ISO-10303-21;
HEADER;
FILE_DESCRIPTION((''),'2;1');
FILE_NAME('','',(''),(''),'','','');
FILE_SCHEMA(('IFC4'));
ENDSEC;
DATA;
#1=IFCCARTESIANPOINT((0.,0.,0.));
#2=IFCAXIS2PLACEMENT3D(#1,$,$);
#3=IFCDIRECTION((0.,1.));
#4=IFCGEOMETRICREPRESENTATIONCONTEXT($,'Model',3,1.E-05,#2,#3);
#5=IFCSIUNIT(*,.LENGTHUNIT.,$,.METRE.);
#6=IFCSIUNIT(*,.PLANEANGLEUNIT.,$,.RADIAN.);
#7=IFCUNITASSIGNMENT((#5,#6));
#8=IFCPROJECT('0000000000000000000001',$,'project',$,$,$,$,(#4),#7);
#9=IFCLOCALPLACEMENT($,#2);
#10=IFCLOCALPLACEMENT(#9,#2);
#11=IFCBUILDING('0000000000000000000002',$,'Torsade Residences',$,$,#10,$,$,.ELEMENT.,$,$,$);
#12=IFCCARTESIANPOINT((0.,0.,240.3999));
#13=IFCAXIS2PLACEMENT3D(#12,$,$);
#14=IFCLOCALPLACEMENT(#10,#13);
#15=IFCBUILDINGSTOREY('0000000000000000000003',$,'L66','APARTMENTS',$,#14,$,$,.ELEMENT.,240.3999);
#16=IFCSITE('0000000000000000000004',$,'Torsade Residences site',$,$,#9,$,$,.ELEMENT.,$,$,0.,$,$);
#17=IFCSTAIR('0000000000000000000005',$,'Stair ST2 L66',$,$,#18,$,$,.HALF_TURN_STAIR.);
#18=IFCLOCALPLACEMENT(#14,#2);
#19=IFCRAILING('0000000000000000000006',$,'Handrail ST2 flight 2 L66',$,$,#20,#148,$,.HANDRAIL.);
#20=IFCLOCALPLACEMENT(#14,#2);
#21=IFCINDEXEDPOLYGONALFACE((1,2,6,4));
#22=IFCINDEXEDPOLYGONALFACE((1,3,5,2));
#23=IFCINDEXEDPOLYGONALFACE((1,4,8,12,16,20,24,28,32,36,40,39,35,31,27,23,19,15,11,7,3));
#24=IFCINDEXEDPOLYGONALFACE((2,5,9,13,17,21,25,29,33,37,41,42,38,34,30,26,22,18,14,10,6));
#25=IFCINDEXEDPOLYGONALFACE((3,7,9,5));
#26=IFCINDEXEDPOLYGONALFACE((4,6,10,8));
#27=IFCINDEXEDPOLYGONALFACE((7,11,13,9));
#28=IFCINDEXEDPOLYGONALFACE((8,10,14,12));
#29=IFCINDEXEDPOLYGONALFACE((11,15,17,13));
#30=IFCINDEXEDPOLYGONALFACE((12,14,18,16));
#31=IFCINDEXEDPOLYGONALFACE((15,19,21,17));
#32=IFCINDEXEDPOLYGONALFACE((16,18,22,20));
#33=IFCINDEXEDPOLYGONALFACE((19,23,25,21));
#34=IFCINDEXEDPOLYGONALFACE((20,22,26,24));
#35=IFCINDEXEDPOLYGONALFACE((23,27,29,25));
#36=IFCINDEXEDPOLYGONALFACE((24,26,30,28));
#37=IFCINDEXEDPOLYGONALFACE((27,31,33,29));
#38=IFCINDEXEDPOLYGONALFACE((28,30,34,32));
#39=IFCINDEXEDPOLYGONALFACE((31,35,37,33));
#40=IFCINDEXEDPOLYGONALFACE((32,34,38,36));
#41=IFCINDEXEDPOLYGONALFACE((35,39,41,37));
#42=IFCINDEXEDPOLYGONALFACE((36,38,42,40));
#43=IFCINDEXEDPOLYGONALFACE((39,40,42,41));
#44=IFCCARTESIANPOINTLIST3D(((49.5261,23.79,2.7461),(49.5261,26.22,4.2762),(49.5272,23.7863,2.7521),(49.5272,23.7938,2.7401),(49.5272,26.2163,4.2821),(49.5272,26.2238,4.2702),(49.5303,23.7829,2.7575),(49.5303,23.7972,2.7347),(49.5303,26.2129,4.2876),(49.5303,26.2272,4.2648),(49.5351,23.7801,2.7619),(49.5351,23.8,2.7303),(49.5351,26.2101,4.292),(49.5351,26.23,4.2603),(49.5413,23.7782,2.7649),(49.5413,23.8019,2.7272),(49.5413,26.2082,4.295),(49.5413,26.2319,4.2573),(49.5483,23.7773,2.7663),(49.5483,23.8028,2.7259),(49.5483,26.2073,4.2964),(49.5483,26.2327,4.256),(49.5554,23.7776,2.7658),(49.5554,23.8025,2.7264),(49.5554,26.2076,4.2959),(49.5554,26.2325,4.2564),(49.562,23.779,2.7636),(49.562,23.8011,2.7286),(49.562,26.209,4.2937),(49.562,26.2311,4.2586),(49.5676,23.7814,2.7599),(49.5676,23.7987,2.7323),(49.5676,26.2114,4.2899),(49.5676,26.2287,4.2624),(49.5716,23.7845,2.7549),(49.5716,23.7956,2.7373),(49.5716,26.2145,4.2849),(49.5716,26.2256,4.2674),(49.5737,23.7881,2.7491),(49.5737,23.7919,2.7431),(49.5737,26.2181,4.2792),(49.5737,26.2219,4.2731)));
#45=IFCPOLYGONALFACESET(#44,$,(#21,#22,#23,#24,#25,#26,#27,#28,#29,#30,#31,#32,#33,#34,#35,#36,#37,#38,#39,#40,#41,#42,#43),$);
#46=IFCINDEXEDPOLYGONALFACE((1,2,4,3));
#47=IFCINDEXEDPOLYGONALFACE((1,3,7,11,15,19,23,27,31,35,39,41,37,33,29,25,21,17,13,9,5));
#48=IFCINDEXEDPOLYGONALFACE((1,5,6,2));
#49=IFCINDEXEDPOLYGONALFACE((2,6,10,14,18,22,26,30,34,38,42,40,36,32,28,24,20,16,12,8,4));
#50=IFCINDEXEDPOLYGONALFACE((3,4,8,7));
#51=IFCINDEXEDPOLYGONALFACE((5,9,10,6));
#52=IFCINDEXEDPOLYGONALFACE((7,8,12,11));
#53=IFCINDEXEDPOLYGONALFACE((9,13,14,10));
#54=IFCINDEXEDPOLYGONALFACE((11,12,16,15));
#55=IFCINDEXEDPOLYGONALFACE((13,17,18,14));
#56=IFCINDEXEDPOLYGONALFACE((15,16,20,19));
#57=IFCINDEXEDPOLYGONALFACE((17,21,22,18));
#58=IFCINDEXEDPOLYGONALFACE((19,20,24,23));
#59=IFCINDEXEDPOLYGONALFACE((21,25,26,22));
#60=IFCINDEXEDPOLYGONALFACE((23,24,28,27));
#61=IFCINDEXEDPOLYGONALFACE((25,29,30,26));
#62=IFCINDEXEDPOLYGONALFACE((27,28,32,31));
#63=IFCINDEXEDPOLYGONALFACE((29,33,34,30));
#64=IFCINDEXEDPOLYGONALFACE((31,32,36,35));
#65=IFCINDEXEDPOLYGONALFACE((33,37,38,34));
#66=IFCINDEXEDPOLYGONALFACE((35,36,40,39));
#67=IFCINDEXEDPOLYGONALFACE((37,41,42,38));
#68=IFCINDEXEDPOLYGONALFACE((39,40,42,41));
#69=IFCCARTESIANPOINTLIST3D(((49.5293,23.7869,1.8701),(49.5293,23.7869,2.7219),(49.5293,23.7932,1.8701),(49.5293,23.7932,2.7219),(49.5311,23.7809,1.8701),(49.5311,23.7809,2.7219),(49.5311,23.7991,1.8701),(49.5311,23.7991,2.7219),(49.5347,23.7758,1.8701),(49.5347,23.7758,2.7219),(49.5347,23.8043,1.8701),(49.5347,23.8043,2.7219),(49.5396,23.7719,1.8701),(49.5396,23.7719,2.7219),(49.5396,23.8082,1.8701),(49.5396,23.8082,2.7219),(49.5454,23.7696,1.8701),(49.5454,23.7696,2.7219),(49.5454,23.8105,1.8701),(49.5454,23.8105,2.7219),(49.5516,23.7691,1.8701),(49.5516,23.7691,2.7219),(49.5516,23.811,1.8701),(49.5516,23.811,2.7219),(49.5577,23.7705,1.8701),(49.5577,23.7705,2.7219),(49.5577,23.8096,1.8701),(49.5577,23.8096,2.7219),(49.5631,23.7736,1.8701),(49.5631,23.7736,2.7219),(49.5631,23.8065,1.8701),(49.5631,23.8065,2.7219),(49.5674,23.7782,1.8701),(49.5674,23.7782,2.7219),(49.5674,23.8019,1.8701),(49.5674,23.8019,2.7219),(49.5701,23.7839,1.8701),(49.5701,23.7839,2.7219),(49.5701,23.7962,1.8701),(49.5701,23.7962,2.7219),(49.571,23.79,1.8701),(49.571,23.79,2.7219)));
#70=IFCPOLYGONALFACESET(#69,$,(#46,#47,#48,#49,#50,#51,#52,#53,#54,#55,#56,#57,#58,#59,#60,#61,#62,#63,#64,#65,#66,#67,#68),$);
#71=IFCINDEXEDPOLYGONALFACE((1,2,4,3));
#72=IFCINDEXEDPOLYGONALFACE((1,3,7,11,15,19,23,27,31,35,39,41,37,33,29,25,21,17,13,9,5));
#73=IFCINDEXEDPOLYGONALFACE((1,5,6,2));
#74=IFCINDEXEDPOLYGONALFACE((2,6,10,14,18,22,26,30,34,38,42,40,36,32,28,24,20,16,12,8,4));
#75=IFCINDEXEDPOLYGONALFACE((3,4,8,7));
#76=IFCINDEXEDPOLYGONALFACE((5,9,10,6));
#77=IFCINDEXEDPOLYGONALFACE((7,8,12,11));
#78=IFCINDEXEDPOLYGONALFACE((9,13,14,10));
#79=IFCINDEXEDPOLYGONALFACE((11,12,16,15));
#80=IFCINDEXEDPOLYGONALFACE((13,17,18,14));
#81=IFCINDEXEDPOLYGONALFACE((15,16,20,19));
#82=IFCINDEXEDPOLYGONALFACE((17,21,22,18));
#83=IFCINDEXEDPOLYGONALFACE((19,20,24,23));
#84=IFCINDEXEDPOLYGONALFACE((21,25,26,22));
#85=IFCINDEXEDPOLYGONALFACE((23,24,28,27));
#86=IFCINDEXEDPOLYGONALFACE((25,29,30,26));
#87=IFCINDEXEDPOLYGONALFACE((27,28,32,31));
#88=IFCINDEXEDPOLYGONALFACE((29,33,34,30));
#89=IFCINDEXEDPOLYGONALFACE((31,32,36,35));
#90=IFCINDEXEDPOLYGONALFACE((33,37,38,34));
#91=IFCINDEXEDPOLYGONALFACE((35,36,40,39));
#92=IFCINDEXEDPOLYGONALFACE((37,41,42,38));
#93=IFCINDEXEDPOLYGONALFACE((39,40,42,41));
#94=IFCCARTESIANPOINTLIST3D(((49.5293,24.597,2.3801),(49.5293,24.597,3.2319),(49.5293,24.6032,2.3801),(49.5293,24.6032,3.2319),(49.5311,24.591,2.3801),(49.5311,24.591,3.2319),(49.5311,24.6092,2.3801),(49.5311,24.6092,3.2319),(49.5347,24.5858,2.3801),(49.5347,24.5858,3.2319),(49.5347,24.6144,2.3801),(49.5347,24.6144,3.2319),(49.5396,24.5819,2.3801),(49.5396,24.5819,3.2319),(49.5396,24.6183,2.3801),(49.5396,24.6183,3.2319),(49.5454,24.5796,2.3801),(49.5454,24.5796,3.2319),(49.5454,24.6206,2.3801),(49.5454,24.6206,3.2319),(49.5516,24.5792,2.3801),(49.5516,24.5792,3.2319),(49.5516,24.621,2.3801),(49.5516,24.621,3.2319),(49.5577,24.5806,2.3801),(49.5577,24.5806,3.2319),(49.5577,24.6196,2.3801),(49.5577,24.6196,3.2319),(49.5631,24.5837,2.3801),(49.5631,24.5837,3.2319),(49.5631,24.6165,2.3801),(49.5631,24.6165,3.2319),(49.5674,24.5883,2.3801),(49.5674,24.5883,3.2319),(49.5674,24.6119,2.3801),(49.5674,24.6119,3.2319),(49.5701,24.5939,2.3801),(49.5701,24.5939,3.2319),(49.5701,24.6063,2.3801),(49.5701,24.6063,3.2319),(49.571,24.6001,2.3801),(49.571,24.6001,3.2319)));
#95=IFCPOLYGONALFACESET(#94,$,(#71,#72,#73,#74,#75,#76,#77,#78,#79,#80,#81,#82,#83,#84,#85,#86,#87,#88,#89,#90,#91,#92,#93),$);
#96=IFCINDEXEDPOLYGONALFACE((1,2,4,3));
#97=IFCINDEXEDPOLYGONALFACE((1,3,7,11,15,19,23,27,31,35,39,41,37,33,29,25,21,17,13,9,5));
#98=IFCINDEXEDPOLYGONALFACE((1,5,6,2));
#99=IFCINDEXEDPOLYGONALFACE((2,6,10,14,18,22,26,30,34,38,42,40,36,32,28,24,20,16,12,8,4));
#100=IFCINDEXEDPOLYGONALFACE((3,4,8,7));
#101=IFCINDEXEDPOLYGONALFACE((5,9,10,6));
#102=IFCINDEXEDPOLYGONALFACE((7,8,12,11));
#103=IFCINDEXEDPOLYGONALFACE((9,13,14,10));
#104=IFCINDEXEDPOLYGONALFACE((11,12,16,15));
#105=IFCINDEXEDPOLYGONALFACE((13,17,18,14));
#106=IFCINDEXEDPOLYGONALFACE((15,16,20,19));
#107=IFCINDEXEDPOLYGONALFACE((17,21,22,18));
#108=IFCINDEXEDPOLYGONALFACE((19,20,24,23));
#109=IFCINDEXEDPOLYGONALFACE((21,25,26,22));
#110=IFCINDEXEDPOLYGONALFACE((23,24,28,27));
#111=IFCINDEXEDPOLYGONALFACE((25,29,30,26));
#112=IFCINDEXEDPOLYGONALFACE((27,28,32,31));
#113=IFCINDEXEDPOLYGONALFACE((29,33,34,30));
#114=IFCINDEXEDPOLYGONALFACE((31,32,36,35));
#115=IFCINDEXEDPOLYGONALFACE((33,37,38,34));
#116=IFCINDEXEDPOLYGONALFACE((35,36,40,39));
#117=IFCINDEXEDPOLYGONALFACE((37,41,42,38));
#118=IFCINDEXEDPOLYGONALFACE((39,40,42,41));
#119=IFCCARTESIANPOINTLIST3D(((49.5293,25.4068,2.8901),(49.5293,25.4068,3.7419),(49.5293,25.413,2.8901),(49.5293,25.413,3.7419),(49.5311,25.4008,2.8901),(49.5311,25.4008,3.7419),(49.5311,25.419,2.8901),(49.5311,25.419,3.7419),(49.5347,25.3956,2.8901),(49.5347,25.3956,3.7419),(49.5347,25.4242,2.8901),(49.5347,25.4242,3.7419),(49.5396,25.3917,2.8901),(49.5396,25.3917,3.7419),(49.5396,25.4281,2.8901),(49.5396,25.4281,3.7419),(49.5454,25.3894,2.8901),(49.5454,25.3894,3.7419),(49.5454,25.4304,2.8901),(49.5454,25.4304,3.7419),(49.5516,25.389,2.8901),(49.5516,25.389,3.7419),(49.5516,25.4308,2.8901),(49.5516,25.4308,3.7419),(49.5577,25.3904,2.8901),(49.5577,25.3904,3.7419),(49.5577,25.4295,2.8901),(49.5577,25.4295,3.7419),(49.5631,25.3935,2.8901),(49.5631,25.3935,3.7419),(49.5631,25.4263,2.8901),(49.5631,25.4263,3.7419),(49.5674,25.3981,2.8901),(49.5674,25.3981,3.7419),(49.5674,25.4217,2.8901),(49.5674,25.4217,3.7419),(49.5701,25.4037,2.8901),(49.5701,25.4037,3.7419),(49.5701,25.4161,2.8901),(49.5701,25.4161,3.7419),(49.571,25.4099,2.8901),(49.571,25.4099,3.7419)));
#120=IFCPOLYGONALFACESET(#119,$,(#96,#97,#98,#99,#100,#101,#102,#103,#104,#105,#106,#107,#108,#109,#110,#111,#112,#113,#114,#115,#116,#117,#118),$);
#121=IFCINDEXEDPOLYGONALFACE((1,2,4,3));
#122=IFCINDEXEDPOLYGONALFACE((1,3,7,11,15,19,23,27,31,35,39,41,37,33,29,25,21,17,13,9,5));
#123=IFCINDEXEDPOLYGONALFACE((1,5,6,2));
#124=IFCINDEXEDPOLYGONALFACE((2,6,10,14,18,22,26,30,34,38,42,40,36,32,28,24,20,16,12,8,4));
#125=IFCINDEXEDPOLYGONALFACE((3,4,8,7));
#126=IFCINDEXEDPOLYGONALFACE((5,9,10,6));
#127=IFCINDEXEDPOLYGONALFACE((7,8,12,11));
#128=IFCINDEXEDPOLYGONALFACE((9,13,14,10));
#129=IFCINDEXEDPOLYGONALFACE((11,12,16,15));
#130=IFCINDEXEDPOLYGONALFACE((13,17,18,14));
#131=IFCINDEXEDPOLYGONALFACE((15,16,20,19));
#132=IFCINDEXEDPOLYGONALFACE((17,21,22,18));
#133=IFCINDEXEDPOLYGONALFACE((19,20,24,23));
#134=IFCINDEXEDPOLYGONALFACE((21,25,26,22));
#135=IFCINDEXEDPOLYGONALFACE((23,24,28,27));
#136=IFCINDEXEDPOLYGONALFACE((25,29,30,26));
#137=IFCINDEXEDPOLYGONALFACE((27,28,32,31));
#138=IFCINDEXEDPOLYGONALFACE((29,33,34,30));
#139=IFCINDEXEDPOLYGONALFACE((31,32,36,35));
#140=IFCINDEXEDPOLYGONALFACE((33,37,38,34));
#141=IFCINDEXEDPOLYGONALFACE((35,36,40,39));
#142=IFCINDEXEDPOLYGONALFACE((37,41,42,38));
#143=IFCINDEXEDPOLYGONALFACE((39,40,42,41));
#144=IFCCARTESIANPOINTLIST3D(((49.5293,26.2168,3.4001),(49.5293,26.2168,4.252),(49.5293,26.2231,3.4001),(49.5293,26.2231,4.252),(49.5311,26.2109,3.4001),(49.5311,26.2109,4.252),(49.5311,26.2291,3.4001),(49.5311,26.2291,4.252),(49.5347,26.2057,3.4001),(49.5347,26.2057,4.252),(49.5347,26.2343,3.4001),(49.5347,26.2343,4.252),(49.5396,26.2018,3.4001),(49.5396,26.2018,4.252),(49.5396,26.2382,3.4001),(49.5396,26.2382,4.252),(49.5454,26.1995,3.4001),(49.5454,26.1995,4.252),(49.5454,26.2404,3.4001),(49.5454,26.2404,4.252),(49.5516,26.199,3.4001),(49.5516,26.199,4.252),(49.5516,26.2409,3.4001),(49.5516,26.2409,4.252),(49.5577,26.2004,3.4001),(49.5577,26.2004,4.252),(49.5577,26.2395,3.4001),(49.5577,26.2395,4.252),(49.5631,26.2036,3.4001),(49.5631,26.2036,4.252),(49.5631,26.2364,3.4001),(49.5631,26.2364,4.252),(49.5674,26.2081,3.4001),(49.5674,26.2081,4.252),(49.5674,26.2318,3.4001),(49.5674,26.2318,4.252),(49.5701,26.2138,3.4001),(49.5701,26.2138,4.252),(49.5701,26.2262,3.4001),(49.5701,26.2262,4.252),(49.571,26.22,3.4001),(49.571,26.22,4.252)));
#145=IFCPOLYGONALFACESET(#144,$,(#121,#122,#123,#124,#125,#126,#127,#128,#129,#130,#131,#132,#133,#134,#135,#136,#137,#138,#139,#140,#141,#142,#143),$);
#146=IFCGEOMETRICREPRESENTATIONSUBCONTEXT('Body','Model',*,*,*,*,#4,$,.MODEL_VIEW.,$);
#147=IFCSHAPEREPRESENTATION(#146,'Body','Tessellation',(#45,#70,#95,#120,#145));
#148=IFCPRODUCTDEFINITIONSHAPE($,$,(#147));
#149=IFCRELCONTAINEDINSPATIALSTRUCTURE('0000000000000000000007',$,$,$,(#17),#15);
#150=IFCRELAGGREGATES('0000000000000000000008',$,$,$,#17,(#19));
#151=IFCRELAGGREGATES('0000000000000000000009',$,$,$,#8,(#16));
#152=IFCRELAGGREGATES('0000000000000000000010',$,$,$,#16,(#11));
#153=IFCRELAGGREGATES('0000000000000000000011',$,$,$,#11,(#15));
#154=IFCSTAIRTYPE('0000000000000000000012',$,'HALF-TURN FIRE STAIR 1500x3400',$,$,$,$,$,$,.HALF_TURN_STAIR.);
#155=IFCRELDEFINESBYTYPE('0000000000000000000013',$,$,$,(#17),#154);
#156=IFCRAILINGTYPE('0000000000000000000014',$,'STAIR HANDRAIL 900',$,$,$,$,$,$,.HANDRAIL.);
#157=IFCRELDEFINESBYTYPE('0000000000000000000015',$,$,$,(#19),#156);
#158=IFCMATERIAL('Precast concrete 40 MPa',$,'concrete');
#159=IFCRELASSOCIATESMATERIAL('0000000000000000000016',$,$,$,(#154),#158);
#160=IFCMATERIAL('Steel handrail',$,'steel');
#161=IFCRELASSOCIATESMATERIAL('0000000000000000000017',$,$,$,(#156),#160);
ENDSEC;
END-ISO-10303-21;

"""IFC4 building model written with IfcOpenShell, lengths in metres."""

from ifc_helpers import new_model, si_unit, direction, frame, origin, origin_2d, place, context, subcontext, project, spatial, circle, extrude, material, type_object, element, aggregate, save


model = new_model("IFC4")

# Units and contexts
model_context = context("Model", 3, precision=1e-05, world=origin(), true_north=direction((0.0, 1.0)))
body_context = subcontext(model_context, "Body", "Model", "MODEL_VIEW")
ifc_project = project(units=[si_unit("LENGTHUNIT", "METRE"), si_unit("PLANEANGLEUNIT", "RADIAN")], contexts=[model_context])

# Site, building, storey
site_placement = place(None, origin())
site = spatial("IfcSite", under=ifc_project, at=site_placement, Name="Torsade Residences site", CompositionType="ELEMENT", RefElevation=0.0)
building_placement = place(site_placement, origin())
building = spatial("IfcBuilding", under=site, at=building_placement, Name="Torsade Residences", CompositionType="ELEMENT")
storey_placement = place(building_placement, frame((0.0, 0.0, 240.3999)))
storey = spatial("IfcBuildingStorey", under=building, at=storey_placement, Name="L66", Description="APARTMENTS", CompositionType="ELEMENT", Elevation=240.3999)

# Stair, railing
ifc_material_1 = material(Name="Precast concrete 40 MPa", Category="concrete")
stair_type = type_object("IfcStairType", Name="HALF-TURN FIRE STAIR 1500x3400", PredefinedType="HALF_TURN_STAIR", material=ifc_material_1)
stair_placement = place(storey_placement, origin())
stair = element("IfcStair", 1, at=stair_placement, inside=storey, type_object=stair_type, Name="Stair ST2 L66", PredefinedType="HALF_TURN_STAIR")
ifc_material_2 = material(Name="Steel handrail", Category="steel")
railing_type = type_object("IfcRailingType", Name="STAIR HANDRAIL 900", PredefinedType="HANDRAIL", material=ifc_material_2)
railing_1_placement = place(storey_placement, frame((49.55, 23.79, 1.8701)))
railing_1 = element("IfcRailing", 2, at=railing_1_placement, type_object=railing_type, Name="Handrail ST2 flight 2 L66", PredefinedType="HANDRAIL", context=body_context, shape_type="SweptSolid", body=[
    extrude(circle(Radius=0.0239, at=origin_2d()), frame((0.0, 0.0, 0.876), z_axis=(0.0, 0.846221, 0.532831), x_axis=(-1.0, 0.0, 0.0)), (0.0, 0.0, 1.0), 2.8716),
    extrude(circle(Radius=0.021, at=origin_2d()), origin(), (0.0, 0.0, 1.0), 0.8518),
    extrude(circle(Radius=0.021, at=origin_2d()), frame((0.0, 0.8101, 0.51)), (0.0, 0.0, 1.0), 0.8518),
    extrude(circle(Radius=0.021, at=origin_2d()), frame((0.0, 1.6199, 1.02)), (0.0, 0.0, 1.0), 0.8518),
    extrude(circle(Radius=0.021, at=origin_2d()), frame((0.0, 2.4299, 1.53)), (0.0, 0.0, 1.0), 0.8518),
])
aggregate(stair, [railing_1])

save(model, "model.ifc")
